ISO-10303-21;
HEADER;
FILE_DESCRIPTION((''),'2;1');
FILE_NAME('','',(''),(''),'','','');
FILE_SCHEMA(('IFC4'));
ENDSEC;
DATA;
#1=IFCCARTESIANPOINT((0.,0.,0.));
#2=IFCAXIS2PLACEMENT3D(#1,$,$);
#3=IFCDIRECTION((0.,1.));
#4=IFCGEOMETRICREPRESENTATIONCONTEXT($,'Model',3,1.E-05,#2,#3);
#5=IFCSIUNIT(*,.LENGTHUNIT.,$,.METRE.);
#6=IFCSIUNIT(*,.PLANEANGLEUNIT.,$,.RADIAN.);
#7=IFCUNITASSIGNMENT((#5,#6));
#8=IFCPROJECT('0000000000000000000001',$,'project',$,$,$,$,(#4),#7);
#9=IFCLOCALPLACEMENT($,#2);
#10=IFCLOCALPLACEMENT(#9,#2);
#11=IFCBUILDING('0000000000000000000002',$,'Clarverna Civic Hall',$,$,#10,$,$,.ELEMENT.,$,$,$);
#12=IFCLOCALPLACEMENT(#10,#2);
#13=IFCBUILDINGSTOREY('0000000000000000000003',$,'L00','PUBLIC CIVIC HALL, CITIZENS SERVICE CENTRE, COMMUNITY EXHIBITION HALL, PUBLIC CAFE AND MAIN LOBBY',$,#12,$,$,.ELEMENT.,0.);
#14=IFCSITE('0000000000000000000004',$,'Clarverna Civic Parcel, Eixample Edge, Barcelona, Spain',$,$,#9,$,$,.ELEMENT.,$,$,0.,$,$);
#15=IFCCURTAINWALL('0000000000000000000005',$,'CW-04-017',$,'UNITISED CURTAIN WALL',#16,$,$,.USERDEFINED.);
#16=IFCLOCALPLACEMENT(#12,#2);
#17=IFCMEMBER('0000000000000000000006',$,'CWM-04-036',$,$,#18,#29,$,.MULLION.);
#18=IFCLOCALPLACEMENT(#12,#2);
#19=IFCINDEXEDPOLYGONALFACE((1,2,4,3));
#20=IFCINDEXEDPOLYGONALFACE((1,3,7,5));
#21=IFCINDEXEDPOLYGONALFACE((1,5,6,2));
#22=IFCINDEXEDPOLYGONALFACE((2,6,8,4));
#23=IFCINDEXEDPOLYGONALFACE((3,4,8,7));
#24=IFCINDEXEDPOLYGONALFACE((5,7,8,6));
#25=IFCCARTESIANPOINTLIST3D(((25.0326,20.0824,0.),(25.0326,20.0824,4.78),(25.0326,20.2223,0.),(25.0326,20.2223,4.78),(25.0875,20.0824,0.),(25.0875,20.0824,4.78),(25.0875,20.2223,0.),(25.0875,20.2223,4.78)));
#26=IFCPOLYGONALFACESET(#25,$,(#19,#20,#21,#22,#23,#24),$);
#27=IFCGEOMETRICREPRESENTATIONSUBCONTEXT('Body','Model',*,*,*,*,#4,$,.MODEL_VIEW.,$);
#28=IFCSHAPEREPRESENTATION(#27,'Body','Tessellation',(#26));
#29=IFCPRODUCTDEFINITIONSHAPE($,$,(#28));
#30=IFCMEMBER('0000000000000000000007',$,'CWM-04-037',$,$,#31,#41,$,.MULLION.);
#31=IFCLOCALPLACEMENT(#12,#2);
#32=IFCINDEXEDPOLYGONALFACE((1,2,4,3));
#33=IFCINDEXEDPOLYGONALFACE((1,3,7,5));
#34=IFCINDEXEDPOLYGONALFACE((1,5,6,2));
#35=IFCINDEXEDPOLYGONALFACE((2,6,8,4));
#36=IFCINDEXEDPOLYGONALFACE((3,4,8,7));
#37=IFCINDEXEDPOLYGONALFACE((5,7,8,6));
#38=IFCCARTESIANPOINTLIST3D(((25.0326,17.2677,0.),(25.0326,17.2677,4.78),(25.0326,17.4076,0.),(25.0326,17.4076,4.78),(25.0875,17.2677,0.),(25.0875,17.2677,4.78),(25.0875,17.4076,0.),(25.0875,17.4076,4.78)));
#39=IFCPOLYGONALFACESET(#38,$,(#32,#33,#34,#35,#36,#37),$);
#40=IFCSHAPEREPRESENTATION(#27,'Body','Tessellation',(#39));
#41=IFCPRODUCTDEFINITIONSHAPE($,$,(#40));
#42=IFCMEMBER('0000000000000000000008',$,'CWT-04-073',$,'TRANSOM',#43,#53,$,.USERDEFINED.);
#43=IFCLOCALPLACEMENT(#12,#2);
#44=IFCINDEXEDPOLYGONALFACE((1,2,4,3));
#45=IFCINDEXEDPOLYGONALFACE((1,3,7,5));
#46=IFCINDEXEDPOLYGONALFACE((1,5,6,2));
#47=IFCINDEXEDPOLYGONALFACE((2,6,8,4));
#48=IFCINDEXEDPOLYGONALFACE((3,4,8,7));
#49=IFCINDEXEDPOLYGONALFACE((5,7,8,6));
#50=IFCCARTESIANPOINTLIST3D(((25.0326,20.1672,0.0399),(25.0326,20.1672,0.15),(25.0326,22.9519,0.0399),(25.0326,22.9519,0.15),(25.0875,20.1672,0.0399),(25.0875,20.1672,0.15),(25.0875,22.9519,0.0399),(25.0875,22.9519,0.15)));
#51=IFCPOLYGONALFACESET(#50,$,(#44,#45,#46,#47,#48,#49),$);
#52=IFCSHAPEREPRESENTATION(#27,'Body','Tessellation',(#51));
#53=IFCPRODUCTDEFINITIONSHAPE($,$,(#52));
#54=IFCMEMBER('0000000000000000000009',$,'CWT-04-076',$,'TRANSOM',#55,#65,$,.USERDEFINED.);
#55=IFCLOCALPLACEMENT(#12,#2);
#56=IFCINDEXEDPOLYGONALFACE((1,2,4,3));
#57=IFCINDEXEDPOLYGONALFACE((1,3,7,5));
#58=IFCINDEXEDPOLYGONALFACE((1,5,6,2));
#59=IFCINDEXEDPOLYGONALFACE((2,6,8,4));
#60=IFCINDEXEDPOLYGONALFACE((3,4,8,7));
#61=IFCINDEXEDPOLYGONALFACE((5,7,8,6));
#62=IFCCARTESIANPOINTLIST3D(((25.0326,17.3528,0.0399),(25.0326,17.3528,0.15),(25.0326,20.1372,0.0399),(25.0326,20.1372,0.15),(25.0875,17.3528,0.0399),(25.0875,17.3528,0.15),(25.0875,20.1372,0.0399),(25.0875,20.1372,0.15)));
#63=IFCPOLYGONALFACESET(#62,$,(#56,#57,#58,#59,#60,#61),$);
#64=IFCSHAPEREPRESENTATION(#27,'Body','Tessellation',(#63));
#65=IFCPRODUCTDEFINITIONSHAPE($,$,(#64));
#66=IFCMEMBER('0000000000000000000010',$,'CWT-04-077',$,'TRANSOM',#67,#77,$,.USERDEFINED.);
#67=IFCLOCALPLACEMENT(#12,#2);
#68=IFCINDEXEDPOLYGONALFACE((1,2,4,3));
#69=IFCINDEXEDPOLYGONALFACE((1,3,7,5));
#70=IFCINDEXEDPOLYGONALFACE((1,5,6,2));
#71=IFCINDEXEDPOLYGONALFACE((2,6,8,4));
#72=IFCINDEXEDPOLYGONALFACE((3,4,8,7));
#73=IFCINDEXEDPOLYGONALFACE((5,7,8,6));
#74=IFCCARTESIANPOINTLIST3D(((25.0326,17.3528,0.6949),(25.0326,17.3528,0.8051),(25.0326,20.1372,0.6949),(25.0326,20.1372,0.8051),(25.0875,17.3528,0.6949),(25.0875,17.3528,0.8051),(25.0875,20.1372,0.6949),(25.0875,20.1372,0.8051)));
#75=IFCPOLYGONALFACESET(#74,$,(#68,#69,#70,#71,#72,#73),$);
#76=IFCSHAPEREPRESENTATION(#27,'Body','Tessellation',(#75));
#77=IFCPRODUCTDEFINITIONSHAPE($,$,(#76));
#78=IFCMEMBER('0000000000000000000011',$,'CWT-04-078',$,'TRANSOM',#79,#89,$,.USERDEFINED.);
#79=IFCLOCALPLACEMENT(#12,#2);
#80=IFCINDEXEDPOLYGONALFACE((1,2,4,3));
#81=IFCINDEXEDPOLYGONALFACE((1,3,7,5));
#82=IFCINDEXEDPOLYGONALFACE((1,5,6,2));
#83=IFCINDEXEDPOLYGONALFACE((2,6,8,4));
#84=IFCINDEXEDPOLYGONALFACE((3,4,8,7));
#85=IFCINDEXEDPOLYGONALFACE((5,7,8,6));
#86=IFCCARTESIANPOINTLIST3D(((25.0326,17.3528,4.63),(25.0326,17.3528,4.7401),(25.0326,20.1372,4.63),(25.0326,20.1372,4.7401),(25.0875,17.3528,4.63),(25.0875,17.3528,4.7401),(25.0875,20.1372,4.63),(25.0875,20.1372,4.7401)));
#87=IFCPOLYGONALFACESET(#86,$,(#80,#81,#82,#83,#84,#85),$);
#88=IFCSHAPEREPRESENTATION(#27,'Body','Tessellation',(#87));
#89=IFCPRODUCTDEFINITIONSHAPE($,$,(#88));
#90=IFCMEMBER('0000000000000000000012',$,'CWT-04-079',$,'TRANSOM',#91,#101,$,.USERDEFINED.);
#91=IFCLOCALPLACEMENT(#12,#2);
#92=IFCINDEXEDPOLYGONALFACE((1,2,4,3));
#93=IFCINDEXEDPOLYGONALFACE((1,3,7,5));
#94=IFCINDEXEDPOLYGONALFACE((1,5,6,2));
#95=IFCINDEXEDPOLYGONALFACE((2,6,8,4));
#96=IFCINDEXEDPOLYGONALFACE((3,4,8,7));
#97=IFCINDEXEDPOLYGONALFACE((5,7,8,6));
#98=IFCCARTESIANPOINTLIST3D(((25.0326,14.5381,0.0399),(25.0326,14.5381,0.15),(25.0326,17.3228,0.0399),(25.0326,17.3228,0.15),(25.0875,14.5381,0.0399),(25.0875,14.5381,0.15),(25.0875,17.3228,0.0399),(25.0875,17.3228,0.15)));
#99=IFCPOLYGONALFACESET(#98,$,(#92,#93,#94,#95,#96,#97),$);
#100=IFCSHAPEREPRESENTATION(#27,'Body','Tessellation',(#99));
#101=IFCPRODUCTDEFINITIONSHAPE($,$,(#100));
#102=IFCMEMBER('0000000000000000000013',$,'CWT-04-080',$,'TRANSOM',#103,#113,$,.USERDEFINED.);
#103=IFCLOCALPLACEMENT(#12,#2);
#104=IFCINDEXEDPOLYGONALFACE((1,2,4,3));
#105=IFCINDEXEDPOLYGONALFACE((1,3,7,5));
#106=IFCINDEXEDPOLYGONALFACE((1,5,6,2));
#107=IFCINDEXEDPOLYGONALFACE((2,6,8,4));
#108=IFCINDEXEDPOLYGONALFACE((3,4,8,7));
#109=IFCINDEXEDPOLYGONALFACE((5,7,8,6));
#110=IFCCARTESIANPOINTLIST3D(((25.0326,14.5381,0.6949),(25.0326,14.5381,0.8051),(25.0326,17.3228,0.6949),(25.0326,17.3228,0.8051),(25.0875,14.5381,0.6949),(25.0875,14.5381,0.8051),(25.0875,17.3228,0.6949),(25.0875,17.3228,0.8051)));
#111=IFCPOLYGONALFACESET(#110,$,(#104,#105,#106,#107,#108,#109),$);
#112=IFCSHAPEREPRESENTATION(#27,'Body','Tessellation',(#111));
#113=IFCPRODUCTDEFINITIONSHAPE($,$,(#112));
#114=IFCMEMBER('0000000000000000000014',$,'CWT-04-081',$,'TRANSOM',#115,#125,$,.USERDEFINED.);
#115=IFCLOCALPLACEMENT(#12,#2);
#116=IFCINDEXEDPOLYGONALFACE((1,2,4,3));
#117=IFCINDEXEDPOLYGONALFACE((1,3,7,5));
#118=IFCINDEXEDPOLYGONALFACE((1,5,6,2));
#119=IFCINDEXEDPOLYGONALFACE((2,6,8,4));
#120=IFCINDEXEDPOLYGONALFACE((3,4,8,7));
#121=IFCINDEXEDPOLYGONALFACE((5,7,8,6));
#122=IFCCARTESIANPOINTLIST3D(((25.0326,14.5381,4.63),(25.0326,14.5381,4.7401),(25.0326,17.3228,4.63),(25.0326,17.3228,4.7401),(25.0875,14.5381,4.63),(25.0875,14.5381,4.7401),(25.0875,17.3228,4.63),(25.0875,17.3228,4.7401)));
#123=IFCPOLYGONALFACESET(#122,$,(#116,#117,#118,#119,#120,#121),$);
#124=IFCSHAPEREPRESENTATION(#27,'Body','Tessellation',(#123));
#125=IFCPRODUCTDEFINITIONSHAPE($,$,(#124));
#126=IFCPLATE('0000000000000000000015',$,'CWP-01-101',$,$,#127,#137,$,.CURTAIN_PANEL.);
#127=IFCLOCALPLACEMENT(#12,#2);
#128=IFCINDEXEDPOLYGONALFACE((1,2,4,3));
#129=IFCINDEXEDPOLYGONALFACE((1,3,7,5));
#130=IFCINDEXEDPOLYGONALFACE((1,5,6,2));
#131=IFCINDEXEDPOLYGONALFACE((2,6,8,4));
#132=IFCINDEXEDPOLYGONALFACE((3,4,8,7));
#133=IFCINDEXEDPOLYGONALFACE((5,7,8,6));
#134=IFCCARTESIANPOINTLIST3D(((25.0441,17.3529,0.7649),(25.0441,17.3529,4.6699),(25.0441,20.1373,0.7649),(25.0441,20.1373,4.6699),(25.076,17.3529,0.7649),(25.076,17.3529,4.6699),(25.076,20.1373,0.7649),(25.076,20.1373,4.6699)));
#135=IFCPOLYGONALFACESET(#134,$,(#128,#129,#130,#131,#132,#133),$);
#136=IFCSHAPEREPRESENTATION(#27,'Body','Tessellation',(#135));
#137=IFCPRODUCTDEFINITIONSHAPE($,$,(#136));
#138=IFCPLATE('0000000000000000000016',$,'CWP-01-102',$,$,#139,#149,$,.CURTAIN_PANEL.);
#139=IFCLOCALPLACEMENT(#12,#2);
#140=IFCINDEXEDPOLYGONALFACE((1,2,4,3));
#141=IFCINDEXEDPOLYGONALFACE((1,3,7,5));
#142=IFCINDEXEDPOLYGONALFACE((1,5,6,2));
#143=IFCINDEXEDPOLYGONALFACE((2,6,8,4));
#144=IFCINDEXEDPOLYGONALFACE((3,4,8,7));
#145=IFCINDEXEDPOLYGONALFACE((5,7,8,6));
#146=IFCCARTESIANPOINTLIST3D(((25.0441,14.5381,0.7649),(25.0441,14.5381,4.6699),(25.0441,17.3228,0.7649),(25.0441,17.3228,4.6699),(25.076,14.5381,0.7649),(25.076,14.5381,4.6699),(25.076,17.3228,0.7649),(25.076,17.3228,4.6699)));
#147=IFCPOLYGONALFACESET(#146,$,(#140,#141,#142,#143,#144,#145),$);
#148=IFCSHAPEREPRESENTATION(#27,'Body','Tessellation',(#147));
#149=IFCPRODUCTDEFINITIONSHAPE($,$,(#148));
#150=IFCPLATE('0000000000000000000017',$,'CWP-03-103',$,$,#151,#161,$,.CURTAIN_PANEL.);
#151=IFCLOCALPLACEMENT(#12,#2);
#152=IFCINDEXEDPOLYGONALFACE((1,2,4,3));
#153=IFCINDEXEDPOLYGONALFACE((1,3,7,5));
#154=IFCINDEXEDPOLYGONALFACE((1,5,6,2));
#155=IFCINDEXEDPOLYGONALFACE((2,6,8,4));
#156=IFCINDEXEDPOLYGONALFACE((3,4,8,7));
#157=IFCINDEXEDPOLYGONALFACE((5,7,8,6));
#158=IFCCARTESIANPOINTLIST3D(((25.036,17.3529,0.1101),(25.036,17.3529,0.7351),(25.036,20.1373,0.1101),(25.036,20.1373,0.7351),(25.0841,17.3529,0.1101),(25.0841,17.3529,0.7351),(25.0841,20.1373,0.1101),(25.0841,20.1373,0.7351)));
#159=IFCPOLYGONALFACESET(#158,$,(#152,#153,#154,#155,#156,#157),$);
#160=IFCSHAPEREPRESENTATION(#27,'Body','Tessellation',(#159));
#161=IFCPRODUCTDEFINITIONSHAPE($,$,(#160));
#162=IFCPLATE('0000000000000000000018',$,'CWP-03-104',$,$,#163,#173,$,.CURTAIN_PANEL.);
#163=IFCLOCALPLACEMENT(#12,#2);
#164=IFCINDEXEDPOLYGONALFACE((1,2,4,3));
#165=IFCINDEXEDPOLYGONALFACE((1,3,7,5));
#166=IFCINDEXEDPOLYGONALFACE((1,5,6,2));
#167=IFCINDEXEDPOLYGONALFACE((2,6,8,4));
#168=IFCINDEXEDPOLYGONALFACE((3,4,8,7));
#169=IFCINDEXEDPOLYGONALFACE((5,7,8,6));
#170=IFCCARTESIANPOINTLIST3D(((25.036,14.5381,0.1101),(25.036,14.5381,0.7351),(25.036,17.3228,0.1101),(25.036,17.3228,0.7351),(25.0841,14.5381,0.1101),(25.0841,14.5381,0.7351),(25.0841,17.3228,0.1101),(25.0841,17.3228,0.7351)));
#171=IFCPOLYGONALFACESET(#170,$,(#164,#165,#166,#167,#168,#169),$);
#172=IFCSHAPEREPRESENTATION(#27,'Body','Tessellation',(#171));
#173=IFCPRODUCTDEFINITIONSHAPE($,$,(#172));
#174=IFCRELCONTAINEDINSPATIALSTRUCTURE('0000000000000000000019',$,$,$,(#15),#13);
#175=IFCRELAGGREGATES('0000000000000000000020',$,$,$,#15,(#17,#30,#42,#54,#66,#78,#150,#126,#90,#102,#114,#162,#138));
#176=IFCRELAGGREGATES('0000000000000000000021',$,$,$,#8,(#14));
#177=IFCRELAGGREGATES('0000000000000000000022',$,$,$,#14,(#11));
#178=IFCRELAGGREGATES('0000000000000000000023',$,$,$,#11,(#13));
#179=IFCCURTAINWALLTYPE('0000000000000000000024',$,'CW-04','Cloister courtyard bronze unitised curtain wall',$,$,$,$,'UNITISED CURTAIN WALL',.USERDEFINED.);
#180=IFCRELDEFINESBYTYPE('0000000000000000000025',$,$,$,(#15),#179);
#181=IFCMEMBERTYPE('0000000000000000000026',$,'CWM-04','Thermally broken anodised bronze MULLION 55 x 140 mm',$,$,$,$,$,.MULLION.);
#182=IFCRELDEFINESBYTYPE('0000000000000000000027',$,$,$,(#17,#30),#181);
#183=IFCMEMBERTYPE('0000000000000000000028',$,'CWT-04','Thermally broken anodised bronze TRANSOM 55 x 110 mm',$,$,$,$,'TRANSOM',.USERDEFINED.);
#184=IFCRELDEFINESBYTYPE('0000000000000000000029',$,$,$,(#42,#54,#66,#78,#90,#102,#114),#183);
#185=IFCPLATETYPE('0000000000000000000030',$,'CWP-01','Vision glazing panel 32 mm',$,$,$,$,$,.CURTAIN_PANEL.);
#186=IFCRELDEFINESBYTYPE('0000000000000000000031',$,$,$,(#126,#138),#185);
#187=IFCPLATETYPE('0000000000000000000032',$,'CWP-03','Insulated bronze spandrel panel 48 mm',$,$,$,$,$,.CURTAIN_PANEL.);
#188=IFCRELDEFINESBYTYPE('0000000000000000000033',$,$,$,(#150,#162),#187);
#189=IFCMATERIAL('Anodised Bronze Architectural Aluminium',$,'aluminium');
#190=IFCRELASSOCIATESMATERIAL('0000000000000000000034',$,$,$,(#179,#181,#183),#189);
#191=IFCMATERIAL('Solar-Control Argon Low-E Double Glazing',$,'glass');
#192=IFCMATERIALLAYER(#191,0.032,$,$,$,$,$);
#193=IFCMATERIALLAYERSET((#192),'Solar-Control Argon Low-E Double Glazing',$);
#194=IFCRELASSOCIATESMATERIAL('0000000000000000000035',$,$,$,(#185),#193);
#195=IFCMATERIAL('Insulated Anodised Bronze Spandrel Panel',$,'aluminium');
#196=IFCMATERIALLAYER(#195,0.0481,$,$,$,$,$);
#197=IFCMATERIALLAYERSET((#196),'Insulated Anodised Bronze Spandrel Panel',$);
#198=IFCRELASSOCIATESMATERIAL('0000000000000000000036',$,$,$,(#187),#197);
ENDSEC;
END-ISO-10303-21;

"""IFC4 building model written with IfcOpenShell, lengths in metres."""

from ifc_helpers import new_model, si_unit, direction, frame, frame_2d, origin, origin_2d, place, context, subcontext, project, spatial, rectangle, extrude, material, layer, layer_set, material_profile, profile_set, type_object, element, aggregate, save


model = new_model("IFC4")

# Units and contexts
model_context = context("Model", 3, precision=1e-05, world=origin(), true_north=direction((0.0, 1.0)))
body_context = subcontext(model_context, "Body", "Model", "MODEL_VIEW")
ifc_project = project(units=[si_unit("LENGTHUNIT", "METRE"), si_unit("PLANEANGLEUNIT", "RADIAN")], contexts=[model_context])

# Site, building, storey
site_placement = place(None, origin())
site = spatial("IfcSite", under=ifc_project, at=site_placement, Name="Clarverna Civic Parcel, Eixample Edge, Barcelona, Spain", CompositionType="ELEMENT", RefElevation=0.0)
building_placement = place(site_placement, origin())
building = spatial("IfcBuilding", under=site, at=building_placement, Name="Clarverna Civic Hall", CompositionType="ELEMENT")
storey_placement = place(building_placement, origin())
storey = spatial("IfcBuildingStorey", under=building, at=storey_placement, Name="L00", Description="PUBLIC CIVIC HALL, CITIZENS SERVICE CENTRE, COMMUNITY EXHIBITION HALL, PUBLIC CAFE AND MAIN LOBBY", CompositionType="ELEMENT", Elevation=0.0)

# Curtain wall, members, plates
ifc_material_1 = material(Name="Anodised Bronze Architectural Aluminium", Category="aluminium")
curtain_wall_type = type_object("IfcCurtainWallType", Name="CW-04", Description="Cloister courtyard bronze unitised curtain wall", ElementType="UNITISED CURTAIN WALL", PredefinedType="USERDEFINED", material=ifc_material_1)
curtain_wall_placement = place(storey_placement, origin())
curtain_wall = element("IfcCurtainWall", 1, at=curtain_wall_placement, inside=storey, type_object=curtain_wall_type, Name="CW-04-017", ObjectType="UNITISED CURTAIN WALL", PredefinedType="USERDEFINED")
ifc_material_profile_1 = material_profile(ifc_material_1, rectangle(XDim=0.0549, YDim=0.1399, at=origin_2d()), Name="BRONZE 55x140")
ifc_profile_set_1 = profile_set([ifc_material_profile_1], Name="Anodised Bronze Architectural Aluminium")
member_type_1 = type_object("IfcMemberType", Name="CWM-04", Description="Thermally broken anodised bronze MULLION 55 x 140 mm", PredefinedType="MULLION", material=ifc_profile_set_1)
member_1_placement = place(storey_placement, frame((25.0601, 20.1523, 0.0), z_axis=(0.0, 0.0, 1.0), x_axis=(1.0, 0.0, 0.0)))
member_1 = element("IfcMember", 2, at=member_1_placement, type_object=member_type_1, Name="CWM-04-036", PredefinedType="MULLION", context=body_context, shape_type="SweptSolid", body=[
    extrude(rectangle(XDim=0.0549, YDim=0.1399, at=origin_2d()), origin(), (0.0, 0.0, 1.0), 4.78),
])
member_2_placement = place(storey_placement, frame((25.0601, 17.3376, 0.0), z_axis=(0.0, 0.0, 1.0), x_axis=(1.0, 0.0, 0.0)))
member_2 = element("IfcMember", 3, at=member_2_placement, type_object=member_type_1, Name="CWM-04-037", PredefinedType="MULLION", context=body_context, shape_type="SweptSolid", body=[
    extrude(rectangle(XDim=0.0549, YDim=0.1399, at=origin_2d()), origin(), (0.0, 0.0, 1.0), 4.78),
])
ifc_material_profile_2 = material_profile(ifc_material_1, rectangle(XDim=0.0549, YDim=0.1101, at=origin_2d()), Name="BRONZE 55x110")
ifc_profile_set_2 = profile_set([ifc_material_profile_2], Name="Anodised Bronze Architectural Aluminium")
member_type_2 = type_object("IfcMemberType", Name="CWT-04", Description="Thermally broken anodised bronze TRANSOM 55 x 110 mm", ElementType="TRANSOM", PredefinedType="USERDEFINED", material=ifc_profile_set_2)
member_3_placement = place(storey_placement, frame((25.0601, 22.9519, 0.095), z_axis=(0.0, -1.0, 0.0), x_axis=(1.0, 0.0, 0.0)))
member_3 = element("IfcMember", 4, at=member_3_placement, type_object=member_type_2, Name="CWT-04-073", ObjectType="TRANSOM", PredefinedType="USERDEFINED", context=body_context, shape_type="SweptSolid", body=[
    extrude(rectangle(XDim=0.0549, YDim=0.1101, at=origin_2d()), origin(), (0.0, 0.0, 1.0), 2.7847),
])
member_4_placement = place(storey_placement, frame((25.0601, 20.1372, 0.095), z_axis=(0.0, -1.0, 0.0), x_axis=(1.0, 0.0, 0.0)))
member_4 = element("IfcMember", 5, at=member_4_placement, type_object=member_type_2, Name="CWT-04-076", ObjectType="TRANSOM", PredefinedType="USERDEFINED", context=body_context, shape_type="SweptSolid", body=[
    extrude(rectangle(XDim=0.0549, YDim=0.1101, at=origin_2d()), origin(), (0.0, 0.0, 1.0), 2.7844),
])
member_5_placement = place(storey_placement, frame((25.0601, 20.1372, 0.75), z_axis=(0.0, -1.0, 0.0), x_axis=(1.0, 0.0, 0.0)))
member_5 = element("IfcMember", 6, at=member_5_placement, type_object=member_type_2, Name="CWT-04-077", ObjectType="TRANSOM", PredefinedType="USERDEFINED", context=body_context, shape_type="SweptSolid", body=[
    extrude(rectangle(XDim=0.0549, YDim=0.1101, at=origin_2d()), origin(), (0.0, 0.0, 1.0), 2.7844),
])
member_6_placement = place(storey_placement, frame((25.0601, 20.1372, 4.6851), z_axis=(0.0, -1.0, 0.0), x_axis=(1.0, 0.0, 0.0)))
member_6 = element("IfcMember", 7, at=member_6_placement, type_object=member_type_2, Name="CWT-04-078", ObjectType="TRANSOM", PredefinedType="USERDEFINED", context=body_context, shape_type="SweptSolid", body=[
    extrude(rectangle(XDim=0.0549, YDim=0.1101, at=origin_2d()), origin(), (0.0, 0.0, 1.0), 2.7844),
])
member_7_placement = place(storey_placement, frame((25.0601, 17.3228, 0.095), z_axis=(0.0, -1.0, 0.0), x_axis=(1.0, 0.0, 0.0)))
member_7 = element("IfcMember", 8, at=member_7_placement, type_object=member_type_2, Name="CWT-04-079", ObjectType="TRANSOM", PredefinedType="USERDEFINED", context=body_context, shape_type="SweptSolid", body=[
    extrude(rectangle(XDim=0.0549, YDim=0.1101, at=origin_2d()), origin(), (0.0, 0.0, 1.0), 2.7847),
])
member_8_placement = place(storey_placement, frame((25.0601, 17.3228, 0.75), z_axis=(0.0, -1.0, 0.0), x_axis=(1.0, 0.0, 0.0)))
member_8 = element("IfcMember", 9, at=member_8_placement, type_object=member_type_2, Name="CWT-04-080", ObjectType="TRANSOM", PredefinedType="USERDEFINED", context=body_context, shape_type="SweptSolid", body=[
    extrude(rectangle(XDim=0.0549, YDim=0.1101, at=origin_2d()), origin(), (0.0, 0.0, 1.0), 2.7847),
])
member_9_placement = place(storey_placement, frame((25.0601, 17.3228, 4.6851), z_axis=(0.0, -1.0, 0.0), x_axis=(1.0, 0.0, 0.0)))
member_9 = element("IfcMember", 10, at=member_9_placement, type_object=member_type_2, Name="CWT-04-081", ObjectType="TRANSOM", PredefinedType="USERDEFINED", context=body_context, shape_type="SweptSolid", body=[
    extrude(rectangle(XDim=0.0549, YDim=0.1101, at=origin_2d()), origin(), (0.0, 0.0, 1.0), 2.7847),
])
ifc_material_2 = material(Name="Solar-Control Argon Low-E Double Glazing", Category="glass")
ifc_layer_1 = layer(ifc_material_2, 0.032)
ifc_layer_set_1 = layer_set([ifc_layer_1], Name="Solar-Control Argon Low-E Double Glazing")
plate_type_1 = type_object("IfcPlateType", Name="CWP-01", Description="Vision glazing panel 32 mm", PredefinedType="CURTAIN_PANEL", material=ifc_layer_set_1)
plate_1_placement = place(storey_placement, frame((25.0601, 20.1372, 0.7649), z_axis=(0.0, 0.0, 1.0), x_axis=(0.0, -1.0, 0.0)))
plate_1 = element("IfcPlate", 11, at=plate_1_placement, type_object=plate_type_1, Name="CWP-01-101", PredefinedType="CURTAIN_PANEL", context=body_context, shape_type="SweptSolid", body=[
    extrude(rectangle(XDim=2.7844, YDim=0.032, at=frame_2d((1.3921, 0.0))), origin(), (0.0, 0.0, 1.0), 3.905),
])
plate_2_placement = place(storey_placement, frame((25.0601, 17.3228, 0.7649), z_axis=(0.0, 0.0, 1.0), x_axis=(0.0, -1.0, 0.0)))
plate_2 = element("IfcPlate", 12, at=plate_2_placement, type_object=plate_type_1, Name="CWP-01-102", PredefinedType="CURTAIN_PANEL", context=body_context, shape_type="SweptSolid", body=[
    extrude(rectangle(XDim=2.7847, YDim=0.032, at=frame_2d((1.3923, 0.0))), origin(), (0.0, 0.0, 1.0), 3.905),
])
ifc_material_3 = material(Name="Insulated Anodised Bronze Spandrel Panel", Category="aluminium")
ifc_layer_2 = layer(ifc_material_3, 0.0481)
ifc_layer_set_2 = layer_set([ifc_layer_2], Name="Insulated Anodised Bronze Spandrel Panel")
plate_type_2 = type_object("IfcPlateType", Name="CWP-03", Description="Insulated bronze spandrel panel 48 mm", PredefinedType="CURTAIN_PANEL", material=ifc_layer_set_2)
plate_3_placement = place(storey_placement, frame((25.0601, 20.1372, 0.1101), z_axis=(0.0, 0.0, 1.0), x_axis=(0.0, -1.0, 0.0)))
plate_3 = element("IfcPlate", 13, at=plate_3_placement, type_object=plate_type_2, Name="CWP-03-103", PredefinedType="CURTAIN_PANEL", context=body_context, shape_type="SweptSolid", body=[
    extrude(rectangle(XDim=2.7844, YDim=0.0481, at=frame_2d((1.3921, 0.0))), origin(), (0.0, 0.0, 1.0), 0.625),
])
plate_4_placement = place(storey_placement, frame((25.0601, 17.3228, 0.1101), z_axis=(0.0, 0.0, 1.0), x_axis=(0.0, -1.0, 0.0)))
plate_4 = element("IfcPlate", 14, at=plate_4_placement, type_object=plate_type_2, Name="CWP-03-104", PredefinedType="CURTAIN_PANEL", context=body_context, shape_type="SweptSolid", body=[
    extrude(rectangle(XDim=2.7847, YDim=0.0481, at=frame_2d((1.3923, 0.0))), origin(), (0.0, 0.0, 1.0), 0.625),
])
aggregate(curtain_wall, [member_1, member_2, member_3, member_4, member_5, member_6, plate_3, plate_1, member_7, member_8, member_9, plate_4, plate_2])

save(model, "model.ifc")
